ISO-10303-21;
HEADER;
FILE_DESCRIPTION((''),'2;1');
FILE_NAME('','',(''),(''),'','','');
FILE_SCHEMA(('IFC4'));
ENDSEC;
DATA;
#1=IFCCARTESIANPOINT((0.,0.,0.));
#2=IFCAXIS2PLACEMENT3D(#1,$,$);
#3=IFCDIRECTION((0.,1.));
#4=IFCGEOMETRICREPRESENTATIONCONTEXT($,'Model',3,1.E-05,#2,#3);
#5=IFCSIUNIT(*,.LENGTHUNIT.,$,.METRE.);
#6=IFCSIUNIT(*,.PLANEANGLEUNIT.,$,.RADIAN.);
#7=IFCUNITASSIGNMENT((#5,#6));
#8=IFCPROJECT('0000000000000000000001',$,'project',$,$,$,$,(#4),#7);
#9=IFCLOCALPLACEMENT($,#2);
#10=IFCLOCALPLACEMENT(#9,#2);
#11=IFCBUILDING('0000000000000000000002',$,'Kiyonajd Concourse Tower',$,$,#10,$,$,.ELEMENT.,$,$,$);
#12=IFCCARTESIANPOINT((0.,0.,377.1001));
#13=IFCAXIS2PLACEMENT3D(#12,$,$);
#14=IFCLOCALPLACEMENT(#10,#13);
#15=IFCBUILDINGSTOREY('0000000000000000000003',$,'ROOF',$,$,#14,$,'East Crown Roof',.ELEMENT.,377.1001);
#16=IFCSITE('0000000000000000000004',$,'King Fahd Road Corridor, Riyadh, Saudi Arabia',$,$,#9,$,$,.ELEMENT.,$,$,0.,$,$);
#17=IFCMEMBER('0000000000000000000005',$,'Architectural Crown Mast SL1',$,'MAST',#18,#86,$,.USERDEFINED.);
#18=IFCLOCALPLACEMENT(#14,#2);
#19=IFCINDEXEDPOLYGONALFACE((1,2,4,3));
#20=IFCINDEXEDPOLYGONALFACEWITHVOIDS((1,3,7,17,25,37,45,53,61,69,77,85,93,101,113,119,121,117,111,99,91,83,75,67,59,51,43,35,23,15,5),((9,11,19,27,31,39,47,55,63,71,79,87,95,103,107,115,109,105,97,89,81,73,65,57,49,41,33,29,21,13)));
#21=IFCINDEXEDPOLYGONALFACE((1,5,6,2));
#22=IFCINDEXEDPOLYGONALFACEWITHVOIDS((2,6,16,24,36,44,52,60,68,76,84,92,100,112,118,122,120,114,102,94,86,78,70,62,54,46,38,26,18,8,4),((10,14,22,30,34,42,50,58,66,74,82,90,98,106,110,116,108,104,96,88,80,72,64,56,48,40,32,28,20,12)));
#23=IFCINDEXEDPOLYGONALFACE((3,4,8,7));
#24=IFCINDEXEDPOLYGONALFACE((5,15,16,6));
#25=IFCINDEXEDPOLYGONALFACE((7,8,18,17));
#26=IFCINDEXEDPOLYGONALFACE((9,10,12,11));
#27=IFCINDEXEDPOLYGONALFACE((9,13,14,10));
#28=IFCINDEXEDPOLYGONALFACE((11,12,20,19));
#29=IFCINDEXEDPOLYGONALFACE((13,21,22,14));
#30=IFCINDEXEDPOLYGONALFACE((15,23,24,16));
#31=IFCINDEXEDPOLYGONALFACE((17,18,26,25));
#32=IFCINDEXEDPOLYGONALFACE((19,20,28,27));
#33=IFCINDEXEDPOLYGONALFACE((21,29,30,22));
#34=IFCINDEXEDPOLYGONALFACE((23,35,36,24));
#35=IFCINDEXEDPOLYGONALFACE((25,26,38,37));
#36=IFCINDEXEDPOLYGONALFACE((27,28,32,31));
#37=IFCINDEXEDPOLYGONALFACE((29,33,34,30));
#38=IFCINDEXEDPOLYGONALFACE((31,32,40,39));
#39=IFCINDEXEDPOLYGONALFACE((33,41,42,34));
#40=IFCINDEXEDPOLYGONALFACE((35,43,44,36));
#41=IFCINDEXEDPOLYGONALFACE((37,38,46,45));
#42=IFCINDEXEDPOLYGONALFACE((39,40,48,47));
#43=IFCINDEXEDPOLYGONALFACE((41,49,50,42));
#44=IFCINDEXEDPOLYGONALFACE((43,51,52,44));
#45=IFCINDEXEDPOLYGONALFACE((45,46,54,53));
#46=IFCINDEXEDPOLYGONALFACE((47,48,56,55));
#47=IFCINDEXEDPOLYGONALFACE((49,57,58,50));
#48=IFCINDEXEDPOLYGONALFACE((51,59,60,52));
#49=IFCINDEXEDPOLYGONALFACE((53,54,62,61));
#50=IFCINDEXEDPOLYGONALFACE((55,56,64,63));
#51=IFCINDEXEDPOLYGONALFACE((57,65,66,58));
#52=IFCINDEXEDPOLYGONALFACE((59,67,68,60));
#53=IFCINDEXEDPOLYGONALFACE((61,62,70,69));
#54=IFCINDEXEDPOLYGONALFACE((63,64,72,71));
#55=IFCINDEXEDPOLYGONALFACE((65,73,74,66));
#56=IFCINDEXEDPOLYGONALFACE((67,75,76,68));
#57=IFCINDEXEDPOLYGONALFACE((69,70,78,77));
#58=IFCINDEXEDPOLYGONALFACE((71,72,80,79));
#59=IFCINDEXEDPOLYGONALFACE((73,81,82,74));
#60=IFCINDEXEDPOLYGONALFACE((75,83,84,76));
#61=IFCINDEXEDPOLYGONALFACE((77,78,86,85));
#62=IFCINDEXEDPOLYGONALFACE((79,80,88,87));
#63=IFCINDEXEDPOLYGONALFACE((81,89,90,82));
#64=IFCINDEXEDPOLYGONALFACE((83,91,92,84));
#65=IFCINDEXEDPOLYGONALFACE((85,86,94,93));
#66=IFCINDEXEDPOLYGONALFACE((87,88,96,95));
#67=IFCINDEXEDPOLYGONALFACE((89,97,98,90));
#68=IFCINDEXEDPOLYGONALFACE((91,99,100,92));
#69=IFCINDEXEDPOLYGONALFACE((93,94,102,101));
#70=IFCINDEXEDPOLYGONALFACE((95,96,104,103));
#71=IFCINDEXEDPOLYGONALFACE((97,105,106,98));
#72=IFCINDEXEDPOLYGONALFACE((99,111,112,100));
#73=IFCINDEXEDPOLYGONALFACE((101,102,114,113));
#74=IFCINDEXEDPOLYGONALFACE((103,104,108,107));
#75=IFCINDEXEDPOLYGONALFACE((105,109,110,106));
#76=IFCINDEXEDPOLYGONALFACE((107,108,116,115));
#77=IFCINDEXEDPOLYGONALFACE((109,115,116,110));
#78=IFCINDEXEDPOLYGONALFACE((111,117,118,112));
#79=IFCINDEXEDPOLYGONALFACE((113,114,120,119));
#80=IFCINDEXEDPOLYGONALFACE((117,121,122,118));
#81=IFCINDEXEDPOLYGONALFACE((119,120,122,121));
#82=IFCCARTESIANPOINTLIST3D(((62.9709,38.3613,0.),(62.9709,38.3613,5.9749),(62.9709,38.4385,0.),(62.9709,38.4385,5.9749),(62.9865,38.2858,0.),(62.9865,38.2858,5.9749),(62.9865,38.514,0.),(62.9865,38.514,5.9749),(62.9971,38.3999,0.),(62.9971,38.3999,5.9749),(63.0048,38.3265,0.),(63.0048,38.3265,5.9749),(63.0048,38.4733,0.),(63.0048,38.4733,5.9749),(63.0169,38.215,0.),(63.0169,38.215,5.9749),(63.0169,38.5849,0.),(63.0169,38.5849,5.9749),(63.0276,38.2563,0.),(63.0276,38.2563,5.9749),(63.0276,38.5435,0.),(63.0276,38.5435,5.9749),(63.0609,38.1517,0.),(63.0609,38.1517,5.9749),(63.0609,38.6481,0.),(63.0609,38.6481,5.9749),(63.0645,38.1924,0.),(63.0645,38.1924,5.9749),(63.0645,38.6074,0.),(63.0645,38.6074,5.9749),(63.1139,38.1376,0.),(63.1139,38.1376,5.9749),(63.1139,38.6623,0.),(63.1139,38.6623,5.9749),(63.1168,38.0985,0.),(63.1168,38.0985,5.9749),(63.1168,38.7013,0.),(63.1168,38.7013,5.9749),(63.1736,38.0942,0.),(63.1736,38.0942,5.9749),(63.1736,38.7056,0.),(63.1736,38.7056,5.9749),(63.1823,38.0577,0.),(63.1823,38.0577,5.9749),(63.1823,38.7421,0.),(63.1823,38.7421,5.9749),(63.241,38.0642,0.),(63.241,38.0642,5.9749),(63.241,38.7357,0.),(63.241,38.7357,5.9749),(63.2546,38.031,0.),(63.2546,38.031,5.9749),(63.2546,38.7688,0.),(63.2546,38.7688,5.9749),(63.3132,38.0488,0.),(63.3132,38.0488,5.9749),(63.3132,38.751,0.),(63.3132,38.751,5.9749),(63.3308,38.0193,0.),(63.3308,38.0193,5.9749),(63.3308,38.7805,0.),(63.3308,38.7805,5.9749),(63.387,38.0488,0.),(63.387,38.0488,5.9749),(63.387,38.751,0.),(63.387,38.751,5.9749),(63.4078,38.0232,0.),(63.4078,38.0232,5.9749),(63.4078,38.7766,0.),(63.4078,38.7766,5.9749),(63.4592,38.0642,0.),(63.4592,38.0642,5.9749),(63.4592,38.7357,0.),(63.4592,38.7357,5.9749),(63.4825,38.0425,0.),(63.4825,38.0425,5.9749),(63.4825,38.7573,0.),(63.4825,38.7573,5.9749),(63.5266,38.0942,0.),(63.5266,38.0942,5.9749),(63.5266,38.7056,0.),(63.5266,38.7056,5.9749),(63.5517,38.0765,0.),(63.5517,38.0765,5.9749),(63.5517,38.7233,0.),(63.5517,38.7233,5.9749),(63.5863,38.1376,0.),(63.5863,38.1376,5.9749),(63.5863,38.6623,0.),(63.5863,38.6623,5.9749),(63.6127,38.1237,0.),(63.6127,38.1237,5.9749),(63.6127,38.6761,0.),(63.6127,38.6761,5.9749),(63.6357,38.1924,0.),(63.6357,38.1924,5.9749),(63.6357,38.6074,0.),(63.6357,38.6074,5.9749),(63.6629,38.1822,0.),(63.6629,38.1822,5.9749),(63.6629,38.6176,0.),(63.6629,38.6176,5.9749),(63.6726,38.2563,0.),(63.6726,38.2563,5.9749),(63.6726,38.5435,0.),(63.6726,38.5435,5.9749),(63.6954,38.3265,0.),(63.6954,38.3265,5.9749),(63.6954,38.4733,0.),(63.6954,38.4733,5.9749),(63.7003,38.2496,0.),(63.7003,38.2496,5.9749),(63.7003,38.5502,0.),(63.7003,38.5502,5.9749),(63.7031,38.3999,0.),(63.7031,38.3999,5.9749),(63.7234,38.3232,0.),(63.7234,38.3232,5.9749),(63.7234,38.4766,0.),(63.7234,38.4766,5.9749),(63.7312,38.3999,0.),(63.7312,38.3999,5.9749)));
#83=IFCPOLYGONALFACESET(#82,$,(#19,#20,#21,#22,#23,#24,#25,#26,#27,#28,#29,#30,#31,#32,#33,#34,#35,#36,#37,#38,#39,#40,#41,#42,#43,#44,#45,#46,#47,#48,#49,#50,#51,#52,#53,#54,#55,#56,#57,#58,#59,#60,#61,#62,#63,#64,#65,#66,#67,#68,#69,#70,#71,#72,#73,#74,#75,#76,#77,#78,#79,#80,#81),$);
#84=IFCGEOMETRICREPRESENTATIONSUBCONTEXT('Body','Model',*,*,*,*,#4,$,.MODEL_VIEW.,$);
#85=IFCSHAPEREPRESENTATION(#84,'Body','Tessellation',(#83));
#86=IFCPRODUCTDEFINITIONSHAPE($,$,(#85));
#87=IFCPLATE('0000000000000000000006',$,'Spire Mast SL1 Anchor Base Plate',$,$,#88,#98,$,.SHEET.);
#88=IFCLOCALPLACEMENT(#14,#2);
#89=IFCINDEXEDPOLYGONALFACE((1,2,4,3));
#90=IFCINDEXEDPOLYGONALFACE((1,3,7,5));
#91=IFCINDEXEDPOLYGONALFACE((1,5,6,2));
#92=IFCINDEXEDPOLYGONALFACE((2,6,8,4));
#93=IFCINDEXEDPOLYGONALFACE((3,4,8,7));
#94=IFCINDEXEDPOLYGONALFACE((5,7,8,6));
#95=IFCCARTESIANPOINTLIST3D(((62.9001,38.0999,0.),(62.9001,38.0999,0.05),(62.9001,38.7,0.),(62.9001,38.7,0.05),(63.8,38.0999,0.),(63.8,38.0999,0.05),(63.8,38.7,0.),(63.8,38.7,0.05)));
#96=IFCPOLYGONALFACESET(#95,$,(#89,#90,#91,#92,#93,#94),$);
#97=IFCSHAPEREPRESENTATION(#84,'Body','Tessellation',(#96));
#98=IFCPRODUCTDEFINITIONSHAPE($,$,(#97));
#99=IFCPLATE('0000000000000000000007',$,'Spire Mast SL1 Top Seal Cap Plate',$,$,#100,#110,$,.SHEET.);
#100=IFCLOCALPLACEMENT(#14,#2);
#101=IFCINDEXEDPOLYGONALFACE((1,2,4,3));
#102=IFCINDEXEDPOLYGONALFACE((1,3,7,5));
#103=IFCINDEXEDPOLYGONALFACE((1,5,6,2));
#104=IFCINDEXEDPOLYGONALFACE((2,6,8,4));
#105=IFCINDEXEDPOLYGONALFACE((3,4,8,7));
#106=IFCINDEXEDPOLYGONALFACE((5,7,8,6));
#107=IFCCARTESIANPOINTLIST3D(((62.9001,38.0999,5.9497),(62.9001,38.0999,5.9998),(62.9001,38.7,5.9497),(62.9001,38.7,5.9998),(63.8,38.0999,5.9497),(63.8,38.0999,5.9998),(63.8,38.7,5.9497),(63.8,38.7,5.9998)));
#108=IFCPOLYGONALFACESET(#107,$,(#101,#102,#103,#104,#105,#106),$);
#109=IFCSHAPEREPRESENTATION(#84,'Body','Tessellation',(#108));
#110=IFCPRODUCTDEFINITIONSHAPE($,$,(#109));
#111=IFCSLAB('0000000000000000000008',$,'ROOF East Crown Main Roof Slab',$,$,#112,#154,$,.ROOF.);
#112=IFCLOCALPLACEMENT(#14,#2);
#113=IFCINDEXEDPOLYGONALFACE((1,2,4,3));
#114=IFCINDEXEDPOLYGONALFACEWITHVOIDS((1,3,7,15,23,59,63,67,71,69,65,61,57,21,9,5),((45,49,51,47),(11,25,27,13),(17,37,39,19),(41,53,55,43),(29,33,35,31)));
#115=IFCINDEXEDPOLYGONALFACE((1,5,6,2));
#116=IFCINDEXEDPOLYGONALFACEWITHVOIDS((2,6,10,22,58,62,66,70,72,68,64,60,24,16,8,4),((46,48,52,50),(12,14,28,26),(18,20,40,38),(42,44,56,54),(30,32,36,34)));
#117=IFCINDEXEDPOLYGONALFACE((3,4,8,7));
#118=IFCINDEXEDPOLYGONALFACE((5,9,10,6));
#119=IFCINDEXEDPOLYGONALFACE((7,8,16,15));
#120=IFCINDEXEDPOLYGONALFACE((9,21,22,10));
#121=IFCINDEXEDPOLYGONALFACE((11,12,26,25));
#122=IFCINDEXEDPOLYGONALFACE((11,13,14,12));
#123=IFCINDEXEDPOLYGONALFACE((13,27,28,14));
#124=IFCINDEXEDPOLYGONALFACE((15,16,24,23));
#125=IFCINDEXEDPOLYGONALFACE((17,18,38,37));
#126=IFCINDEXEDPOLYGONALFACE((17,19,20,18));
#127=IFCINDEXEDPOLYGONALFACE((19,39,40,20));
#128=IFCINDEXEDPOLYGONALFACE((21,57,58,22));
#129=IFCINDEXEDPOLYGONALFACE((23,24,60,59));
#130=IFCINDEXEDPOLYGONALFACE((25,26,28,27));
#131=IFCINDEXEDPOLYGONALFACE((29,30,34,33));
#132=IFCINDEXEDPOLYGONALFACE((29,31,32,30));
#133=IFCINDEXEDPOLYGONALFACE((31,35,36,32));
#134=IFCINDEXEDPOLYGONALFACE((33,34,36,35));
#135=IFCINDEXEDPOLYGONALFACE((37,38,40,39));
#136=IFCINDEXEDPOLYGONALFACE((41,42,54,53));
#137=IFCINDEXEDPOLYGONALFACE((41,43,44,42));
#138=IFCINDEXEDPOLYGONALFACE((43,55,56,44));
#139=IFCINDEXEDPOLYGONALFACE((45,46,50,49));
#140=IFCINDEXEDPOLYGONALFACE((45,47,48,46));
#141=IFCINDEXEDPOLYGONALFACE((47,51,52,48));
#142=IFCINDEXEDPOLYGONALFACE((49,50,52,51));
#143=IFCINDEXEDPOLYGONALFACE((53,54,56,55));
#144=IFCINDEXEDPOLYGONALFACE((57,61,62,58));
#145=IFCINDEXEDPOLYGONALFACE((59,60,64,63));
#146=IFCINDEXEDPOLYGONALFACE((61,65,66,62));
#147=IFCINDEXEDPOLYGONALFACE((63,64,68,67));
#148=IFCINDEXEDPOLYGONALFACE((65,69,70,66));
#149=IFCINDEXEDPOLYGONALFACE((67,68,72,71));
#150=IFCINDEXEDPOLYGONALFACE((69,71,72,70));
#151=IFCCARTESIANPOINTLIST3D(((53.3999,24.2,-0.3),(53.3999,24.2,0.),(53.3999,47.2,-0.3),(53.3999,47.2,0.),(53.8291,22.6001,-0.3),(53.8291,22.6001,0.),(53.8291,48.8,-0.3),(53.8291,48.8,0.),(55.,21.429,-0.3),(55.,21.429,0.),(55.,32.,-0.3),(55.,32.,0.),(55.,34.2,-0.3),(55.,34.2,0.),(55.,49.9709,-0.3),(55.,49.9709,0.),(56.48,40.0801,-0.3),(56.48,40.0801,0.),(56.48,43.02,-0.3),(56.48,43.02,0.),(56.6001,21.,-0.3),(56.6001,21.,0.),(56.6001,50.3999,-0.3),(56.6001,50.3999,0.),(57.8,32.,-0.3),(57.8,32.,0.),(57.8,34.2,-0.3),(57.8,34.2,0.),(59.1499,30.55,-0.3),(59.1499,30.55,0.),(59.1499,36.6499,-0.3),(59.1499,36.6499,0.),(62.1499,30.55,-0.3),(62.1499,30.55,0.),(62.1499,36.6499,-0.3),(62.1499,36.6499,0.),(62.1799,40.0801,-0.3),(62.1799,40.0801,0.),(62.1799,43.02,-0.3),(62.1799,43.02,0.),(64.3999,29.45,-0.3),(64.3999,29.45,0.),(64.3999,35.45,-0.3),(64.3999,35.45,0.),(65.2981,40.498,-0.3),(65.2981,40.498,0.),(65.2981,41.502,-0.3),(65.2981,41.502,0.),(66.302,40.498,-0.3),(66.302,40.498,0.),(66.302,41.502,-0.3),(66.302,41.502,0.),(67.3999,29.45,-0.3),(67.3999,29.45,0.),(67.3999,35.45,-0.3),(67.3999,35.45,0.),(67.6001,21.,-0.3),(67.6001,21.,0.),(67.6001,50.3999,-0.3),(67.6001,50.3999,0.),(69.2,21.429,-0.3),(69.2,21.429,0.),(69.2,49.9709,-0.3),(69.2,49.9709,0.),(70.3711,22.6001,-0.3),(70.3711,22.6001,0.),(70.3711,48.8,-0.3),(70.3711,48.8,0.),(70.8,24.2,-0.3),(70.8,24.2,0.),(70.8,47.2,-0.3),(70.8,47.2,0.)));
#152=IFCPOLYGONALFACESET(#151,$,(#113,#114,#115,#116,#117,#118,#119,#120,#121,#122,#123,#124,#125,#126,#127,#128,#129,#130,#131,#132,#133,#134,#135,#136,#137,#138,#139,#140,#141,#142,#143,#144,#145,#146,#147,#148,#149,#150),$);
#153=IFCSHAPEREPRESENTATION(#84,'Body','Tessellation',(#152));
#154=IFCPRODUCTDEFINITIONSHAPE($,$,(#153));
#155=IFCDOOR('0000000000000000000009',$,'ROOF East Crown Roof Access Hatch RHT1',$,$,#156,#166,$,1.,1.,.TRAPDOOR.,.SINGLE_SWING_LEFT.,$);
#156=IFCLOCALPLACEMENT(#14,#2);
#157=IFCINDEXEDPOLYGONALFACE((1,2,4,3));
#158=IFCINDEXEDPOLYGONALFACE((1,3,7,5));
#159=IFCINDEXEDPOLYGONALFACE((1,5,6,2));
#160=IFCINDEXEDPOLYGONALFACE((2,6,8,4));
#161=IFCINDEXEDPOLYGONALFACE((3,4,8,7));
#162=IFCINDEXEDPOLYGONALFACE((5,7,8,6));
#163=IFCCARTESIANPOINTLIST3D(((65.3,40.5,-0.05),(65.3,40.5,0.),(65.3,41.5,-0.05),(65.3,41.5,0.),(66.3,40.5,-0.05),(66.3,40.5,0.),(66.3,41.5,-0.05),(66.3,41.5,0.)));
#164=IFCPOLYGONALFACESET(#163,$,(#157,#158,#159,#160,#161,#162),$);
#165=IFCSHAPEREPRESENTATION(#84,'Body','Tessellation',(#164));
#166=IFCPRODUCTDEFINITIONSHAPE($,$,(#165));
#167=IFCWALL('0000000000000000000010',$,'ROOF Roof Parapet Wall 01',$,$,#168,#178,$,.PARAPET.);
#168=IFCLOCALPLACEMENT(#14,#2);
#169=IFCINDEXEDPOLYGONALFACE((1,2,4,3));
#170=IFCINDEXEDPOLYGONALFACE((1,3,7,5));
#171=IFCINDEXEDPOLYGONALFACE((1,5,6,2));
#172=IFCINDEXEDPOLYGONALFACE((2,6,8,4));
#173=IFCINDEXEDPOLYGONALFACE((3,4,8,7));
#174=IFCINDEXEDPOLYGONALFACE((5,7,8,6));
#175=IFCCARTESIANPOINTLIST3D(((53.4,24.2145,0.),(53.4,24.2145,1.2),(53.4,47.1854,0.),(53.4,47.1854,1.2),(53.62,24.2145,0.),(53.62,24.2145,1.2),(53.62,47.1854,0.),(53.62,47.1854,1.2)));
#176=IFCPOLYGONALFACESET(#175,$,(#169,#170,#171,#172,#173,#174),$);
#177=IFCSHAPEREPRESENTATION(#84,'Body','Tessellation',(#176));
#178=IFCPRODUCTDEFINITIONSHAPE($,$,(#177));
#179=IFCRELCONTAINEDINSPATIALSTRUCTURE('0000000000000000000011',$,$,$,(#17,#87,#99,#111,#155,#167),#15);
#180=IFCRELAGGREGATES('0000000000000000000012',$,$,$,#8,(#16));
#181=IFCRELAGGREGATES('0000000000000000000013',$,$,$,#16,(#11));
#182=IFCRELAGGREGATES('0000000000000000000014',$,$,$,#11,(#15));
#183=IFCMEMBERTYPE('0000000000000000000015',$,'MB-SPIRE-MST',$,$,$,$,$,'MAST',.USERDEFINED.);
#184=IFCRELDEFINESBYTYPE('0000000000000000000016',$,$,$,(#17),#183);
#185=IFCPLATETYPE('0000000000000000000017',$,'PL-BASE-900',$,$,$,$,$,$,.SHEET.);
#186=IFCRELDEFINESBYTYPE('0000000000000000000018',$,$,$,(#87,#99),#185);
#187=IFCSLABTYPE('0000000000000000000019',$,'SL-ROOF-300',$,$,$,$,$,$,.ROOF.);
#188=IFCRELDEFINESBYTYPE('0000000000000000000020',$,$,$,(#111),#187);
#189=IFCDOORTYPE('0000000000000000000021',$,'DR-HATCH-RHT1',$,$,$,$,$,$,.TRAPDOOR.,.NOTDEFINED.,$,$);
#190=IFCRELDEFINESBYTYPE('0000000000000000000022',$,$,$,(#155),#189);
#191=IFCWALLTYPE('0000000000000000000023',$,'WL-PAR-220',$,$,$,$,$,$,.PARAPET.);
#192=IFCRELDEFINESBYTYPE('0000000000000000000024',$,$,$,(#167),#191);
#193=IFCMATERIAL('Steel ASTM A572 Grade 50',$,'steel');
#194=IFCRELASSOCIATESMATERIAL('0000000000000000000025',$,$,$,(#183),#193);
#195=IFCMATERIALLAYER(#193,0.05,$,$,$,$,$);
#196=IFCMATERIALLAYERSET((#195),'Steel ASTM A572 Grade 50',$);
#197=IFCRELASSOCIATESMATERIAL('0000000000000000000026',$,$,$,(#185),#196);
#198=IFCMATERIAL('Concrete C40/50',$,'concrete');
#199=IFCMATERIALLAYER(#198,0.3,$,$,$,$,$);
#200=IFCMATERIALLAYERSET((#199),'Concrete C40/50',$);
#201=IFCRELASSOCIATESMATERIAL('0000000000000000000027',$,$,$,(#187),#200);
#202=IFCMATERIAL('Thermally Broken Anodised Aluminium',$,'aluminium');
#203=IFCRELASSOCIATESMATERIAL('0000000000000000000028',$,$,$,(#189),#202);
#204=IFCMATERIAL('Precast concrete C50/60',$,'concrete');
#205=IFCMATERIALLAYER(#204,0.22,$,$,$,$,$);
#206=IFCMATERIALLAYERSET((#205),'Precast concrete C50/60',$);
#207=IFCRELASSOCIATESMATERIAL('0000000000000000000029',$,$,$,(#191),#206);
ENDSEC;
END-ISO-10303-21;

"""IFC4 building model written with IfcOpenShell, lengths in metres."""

from ifc_helpers import new_model, si_unit, direction, frame, frame_2d, origin, origin_2d, place, context, subcontext, project, spatial, polyline, rectangle, hollow_circle, outline, extrude, material, layer, layer_set, material_profile, profile_set, type_object, element, fill, save


model = new_model("IFC4")

# Units and contexts
model_context = context("Model", 3, precision=1e-05, world=origin(), true_north=direction((0.0, 1.0)))
body_context = subcontext(model_context, "Body", "Model", "MODEL_VIEW")
ifc_project = project(units=[si_unit("LENGTHUNIT", "METRE"), si_unit("PLANEANGLEUNIT", "RADIAN")], contexts=[model_context])

# Site, building, storey
site_placement = place(None, origin())
site = spatial("IfcSite", under=ifc_project, at=site_placement, Name="King Fahd Road Corridor, Riyadh, Saudi Arabia", CompositionType="ELEMENT", RefElevation=0.0)
building_placement = place(site_placement, origin())
building = spatial("IfcBuilding", under=site, at=building_placement, Name="Kiyonajd Concourse Tower", CompositionType="ELEMENT")
storey_placement = place(building_placement, frame((0.0, 0.0, 377.1001)))
storey = spatial("IfcBuildingStorey", under=building, at=storey_placement, Name="ROOF", LongName="East Crown Roof", CompositionType="ELEMENT", Elevation=377.1001)

# Member
ifc_material_1 = material(Name="Steel ASTM A572 Grade 50", Category="steel")
ifc_material_profile = material_profile(ifc_material_1, hollow_circle(Radius=0.3811, WallThickness=0.0281, at=origin_2d()), Name="CHS-762x28")
ifc_profile_set = profile_set([ifc_material_profile], Name="Steel ASTM A572 Grade 50")
member_type = type_object("IfcMemberType", Name="MB-SPIRE-MST", ElementType="MAST", PredefinedType="USERDEFINED", material=ifc_profile_set)
member_placement = place(storey_placement, frame((63.3501, 38.3999, 0.0), z_axis=(0.0, 0.0, 1.0), x_axis=(1.0, 0.0, 0.0)))
element("IfcMember", 1, at=member_placement, inside=storey, type_object=member_type, Name="Architectural Crown Mast SL1", ObjectType="MAST", PredefinedType="USERDEFINED", context=body_context, shape_type="SweptSolid", body=[
    extrude(hollow_circle(Radius=0.3811, WallThickness=0.0281, at=origin_2d()), origin(), (0.0, 0.0, 1.0), 5.9749),
])

# Plates
ifc_layer_1 = layer(ifc_material_1, 0.05)
ifc_layer_set_1 = layer_set([ifc_layer_1], Name="Steel ASTM A572 Grade 50")
plate_type = type_object("IfcPlateType", Name="PL-BASE-900", PredefinedType="SHEET", material=ifc_layer_set_1)
for number, where, z_axis, x_axis, name in (
    (2, (63.3501, 38.3999, 0.0), (0.0, 0.0, 1.0), (1.0, 0.0, 0.0), "Spire Mast SL1 Anchor Base Plate"),
    (3, (63.3501, 38.3999, 5.9497), (0.0, 0.0, 1.0), (1.0, 0.0, 0.0), "Spire Mast SL1 Top Seal Cap Plate"),
):
    element("IfcPlate", number, at=place(storey_placement, frame(where, z_axis=z_axis, x_axis=x_axis)), inside=storey, type_object=plate_type, Name=name, PredefinedType="SHEET", context=body_context, shape_type="SweptSolid", body=[
        extrude(rectangle(XDim=0.8999, YDim=0.6001, at=origin_2d()), origin(), (0.0, 0.0, 1.0), 0.05),
    ])

# Slab, opening, door
ifc_material_2 = material(Name="Concrete C40/50", Category="concrete")
ifc_layer_2 = layer(ifc_material_2, 0.3)
ifc_layer_set_2 = layer_set([ifc_layer_2], Name="Concrete C40/50")
slab_type = type_object("IfcSlabType", Name="SL-ROOF-300", PredefinedType="ROOF", material=ifc_layer_set_2)
slab_placement = place(storey_placement, frame((0.0, 0.0, -0.3)))
slab = element("IfcSlab", 4, at=slab_placement, inside=storey, type_object=slab_type, Name="ROOF East Crown Main Roof Slab", PredefinedType="ROOF", context=body_context, shape_type="SweptSolid", body=[
    extrude(outline(polyline([(53.3999, 24.2), (53.8291, 22.6001), (55.0, 21.429), (56.6001, 21.0), (67.6001, 21.0), (69.2, 21.429), (70.3711, 22.6001), (70.8, 24.2), (70.8, 47.2), (70.3711, 48.8), (69.2, 49.9709), (67.6001, 50.3999), (56.6001, 50.3999), (55.0, 49.9709), (53.8291, 48.8), (53.3999, 47.2), (53.3999, 24.2)]), holes=[polyline([(59.1499, 30.55), (59.1499, 36.6499), (62.1499, 36.6499), (62.1499, 30.55), (59.1499, 30.55)]), polyline([(56.48, 43.02), (62.1799, 43.02), (62.1799, 40.0801), (56.48, 40.0801), (56.48, 43.02)]), polyline([(64.3999, 29.45), (64.3999, 35.45), (67.3999, 35.45), (67.3999, 29.45), (64.3999, 29.45)]), polyline([(55.0, 32.0), (55.0, 34.2), (57.8, 34.2), (57.8, 32.0), (55.0, 32.0)]), polyline([(65.3, 40.5), (66.3, 40.5), (66.3, 41.5), (65.3, 41.5), (65.3, 40.5)])]), origin(), (0.0, 0.0, 1.0), 0.3),
])
opening_placement = place(slab_placement, frame((65.8, 41.0, 0.0)))
opening = element("IfcOpeningElement", 5, at=opening_placement, cuts=slab, PredefinedType="OPENING", context=body_context, shape_type="SweptSolid", body=[
    extrude(rectangle(XDim=1.0039, YDim=1.0039, at=origin_2d()), frame((0.0, 0.0, -0.01)), (0.0, 0.0, 1.0), 0.3201),
])
ifc_material_3 = material(Name="Thermally Broken Anodised Aluminium", Category="aluminium")
door_type = type_object("IfcDoorType", Name="DR-HATCH-RHT1", OperationType="NOTDEFINED", PredefinedType="TRAPDOOR", material=ifc_material_3)
door_placement = place(opening_placement, frame((0.0, 0.0, 0.25)))
door = element("IfcDoor", 6, at=door_placement, inside=storey, type_object=door_type, Name="ROOF East Crown Roof Access Hatch RHT1", OperationType="SINGLE_SWING_LEFT", OverallHeight=1.0, OverallWidth=1.0, PredefinedType="TRAPDOOR", context=body_context, shape_type="SweptSolid", body=[
    extrude(rectangle(XDim=1.0, YDim=1.0, at=origin_2d()), origin(), (0.0, 0.0, 1.0), 0.05),
])
fill(opening, door)

# Wall
ifc_material_4 = material(Name="Precast concrete C50/60", Category="concrete")
ifc_layer_3 = layer(ifc_material_4, 0.22)
ifc_layer_set_3 = layer_set([ifc_layer_3], Name="Precast concrete C50/60")
wall_type_1 = type_object("IfcWallType", Name="WL-PAR-220", PredefinedType="PARAPET", material=ifc_layer_set_3)
wall_1_placement = place(storey_placement, frame((53.51, 24.2146, 0.0), z_axis=(0.0, 0.0, 1.0), x_axis=(0.0, 1.0, 0.0)))
element("IfcWall", 7, at=wall_1_placement, inside=storey, type_object=wall_type_1, Name="ROOF Roof Parapet Wall 01", PredefinedType="PARAPET", context=body_context, shape_type="SweptSolid", body=[
    extrude(rectangle(XDim=22.9709, YDim=0.22, at=frame_2d((11.4854, 0.0))), origin(), (0.0, 0.0, 1.0), 1.2),
])

save(model, "model.ifc")
